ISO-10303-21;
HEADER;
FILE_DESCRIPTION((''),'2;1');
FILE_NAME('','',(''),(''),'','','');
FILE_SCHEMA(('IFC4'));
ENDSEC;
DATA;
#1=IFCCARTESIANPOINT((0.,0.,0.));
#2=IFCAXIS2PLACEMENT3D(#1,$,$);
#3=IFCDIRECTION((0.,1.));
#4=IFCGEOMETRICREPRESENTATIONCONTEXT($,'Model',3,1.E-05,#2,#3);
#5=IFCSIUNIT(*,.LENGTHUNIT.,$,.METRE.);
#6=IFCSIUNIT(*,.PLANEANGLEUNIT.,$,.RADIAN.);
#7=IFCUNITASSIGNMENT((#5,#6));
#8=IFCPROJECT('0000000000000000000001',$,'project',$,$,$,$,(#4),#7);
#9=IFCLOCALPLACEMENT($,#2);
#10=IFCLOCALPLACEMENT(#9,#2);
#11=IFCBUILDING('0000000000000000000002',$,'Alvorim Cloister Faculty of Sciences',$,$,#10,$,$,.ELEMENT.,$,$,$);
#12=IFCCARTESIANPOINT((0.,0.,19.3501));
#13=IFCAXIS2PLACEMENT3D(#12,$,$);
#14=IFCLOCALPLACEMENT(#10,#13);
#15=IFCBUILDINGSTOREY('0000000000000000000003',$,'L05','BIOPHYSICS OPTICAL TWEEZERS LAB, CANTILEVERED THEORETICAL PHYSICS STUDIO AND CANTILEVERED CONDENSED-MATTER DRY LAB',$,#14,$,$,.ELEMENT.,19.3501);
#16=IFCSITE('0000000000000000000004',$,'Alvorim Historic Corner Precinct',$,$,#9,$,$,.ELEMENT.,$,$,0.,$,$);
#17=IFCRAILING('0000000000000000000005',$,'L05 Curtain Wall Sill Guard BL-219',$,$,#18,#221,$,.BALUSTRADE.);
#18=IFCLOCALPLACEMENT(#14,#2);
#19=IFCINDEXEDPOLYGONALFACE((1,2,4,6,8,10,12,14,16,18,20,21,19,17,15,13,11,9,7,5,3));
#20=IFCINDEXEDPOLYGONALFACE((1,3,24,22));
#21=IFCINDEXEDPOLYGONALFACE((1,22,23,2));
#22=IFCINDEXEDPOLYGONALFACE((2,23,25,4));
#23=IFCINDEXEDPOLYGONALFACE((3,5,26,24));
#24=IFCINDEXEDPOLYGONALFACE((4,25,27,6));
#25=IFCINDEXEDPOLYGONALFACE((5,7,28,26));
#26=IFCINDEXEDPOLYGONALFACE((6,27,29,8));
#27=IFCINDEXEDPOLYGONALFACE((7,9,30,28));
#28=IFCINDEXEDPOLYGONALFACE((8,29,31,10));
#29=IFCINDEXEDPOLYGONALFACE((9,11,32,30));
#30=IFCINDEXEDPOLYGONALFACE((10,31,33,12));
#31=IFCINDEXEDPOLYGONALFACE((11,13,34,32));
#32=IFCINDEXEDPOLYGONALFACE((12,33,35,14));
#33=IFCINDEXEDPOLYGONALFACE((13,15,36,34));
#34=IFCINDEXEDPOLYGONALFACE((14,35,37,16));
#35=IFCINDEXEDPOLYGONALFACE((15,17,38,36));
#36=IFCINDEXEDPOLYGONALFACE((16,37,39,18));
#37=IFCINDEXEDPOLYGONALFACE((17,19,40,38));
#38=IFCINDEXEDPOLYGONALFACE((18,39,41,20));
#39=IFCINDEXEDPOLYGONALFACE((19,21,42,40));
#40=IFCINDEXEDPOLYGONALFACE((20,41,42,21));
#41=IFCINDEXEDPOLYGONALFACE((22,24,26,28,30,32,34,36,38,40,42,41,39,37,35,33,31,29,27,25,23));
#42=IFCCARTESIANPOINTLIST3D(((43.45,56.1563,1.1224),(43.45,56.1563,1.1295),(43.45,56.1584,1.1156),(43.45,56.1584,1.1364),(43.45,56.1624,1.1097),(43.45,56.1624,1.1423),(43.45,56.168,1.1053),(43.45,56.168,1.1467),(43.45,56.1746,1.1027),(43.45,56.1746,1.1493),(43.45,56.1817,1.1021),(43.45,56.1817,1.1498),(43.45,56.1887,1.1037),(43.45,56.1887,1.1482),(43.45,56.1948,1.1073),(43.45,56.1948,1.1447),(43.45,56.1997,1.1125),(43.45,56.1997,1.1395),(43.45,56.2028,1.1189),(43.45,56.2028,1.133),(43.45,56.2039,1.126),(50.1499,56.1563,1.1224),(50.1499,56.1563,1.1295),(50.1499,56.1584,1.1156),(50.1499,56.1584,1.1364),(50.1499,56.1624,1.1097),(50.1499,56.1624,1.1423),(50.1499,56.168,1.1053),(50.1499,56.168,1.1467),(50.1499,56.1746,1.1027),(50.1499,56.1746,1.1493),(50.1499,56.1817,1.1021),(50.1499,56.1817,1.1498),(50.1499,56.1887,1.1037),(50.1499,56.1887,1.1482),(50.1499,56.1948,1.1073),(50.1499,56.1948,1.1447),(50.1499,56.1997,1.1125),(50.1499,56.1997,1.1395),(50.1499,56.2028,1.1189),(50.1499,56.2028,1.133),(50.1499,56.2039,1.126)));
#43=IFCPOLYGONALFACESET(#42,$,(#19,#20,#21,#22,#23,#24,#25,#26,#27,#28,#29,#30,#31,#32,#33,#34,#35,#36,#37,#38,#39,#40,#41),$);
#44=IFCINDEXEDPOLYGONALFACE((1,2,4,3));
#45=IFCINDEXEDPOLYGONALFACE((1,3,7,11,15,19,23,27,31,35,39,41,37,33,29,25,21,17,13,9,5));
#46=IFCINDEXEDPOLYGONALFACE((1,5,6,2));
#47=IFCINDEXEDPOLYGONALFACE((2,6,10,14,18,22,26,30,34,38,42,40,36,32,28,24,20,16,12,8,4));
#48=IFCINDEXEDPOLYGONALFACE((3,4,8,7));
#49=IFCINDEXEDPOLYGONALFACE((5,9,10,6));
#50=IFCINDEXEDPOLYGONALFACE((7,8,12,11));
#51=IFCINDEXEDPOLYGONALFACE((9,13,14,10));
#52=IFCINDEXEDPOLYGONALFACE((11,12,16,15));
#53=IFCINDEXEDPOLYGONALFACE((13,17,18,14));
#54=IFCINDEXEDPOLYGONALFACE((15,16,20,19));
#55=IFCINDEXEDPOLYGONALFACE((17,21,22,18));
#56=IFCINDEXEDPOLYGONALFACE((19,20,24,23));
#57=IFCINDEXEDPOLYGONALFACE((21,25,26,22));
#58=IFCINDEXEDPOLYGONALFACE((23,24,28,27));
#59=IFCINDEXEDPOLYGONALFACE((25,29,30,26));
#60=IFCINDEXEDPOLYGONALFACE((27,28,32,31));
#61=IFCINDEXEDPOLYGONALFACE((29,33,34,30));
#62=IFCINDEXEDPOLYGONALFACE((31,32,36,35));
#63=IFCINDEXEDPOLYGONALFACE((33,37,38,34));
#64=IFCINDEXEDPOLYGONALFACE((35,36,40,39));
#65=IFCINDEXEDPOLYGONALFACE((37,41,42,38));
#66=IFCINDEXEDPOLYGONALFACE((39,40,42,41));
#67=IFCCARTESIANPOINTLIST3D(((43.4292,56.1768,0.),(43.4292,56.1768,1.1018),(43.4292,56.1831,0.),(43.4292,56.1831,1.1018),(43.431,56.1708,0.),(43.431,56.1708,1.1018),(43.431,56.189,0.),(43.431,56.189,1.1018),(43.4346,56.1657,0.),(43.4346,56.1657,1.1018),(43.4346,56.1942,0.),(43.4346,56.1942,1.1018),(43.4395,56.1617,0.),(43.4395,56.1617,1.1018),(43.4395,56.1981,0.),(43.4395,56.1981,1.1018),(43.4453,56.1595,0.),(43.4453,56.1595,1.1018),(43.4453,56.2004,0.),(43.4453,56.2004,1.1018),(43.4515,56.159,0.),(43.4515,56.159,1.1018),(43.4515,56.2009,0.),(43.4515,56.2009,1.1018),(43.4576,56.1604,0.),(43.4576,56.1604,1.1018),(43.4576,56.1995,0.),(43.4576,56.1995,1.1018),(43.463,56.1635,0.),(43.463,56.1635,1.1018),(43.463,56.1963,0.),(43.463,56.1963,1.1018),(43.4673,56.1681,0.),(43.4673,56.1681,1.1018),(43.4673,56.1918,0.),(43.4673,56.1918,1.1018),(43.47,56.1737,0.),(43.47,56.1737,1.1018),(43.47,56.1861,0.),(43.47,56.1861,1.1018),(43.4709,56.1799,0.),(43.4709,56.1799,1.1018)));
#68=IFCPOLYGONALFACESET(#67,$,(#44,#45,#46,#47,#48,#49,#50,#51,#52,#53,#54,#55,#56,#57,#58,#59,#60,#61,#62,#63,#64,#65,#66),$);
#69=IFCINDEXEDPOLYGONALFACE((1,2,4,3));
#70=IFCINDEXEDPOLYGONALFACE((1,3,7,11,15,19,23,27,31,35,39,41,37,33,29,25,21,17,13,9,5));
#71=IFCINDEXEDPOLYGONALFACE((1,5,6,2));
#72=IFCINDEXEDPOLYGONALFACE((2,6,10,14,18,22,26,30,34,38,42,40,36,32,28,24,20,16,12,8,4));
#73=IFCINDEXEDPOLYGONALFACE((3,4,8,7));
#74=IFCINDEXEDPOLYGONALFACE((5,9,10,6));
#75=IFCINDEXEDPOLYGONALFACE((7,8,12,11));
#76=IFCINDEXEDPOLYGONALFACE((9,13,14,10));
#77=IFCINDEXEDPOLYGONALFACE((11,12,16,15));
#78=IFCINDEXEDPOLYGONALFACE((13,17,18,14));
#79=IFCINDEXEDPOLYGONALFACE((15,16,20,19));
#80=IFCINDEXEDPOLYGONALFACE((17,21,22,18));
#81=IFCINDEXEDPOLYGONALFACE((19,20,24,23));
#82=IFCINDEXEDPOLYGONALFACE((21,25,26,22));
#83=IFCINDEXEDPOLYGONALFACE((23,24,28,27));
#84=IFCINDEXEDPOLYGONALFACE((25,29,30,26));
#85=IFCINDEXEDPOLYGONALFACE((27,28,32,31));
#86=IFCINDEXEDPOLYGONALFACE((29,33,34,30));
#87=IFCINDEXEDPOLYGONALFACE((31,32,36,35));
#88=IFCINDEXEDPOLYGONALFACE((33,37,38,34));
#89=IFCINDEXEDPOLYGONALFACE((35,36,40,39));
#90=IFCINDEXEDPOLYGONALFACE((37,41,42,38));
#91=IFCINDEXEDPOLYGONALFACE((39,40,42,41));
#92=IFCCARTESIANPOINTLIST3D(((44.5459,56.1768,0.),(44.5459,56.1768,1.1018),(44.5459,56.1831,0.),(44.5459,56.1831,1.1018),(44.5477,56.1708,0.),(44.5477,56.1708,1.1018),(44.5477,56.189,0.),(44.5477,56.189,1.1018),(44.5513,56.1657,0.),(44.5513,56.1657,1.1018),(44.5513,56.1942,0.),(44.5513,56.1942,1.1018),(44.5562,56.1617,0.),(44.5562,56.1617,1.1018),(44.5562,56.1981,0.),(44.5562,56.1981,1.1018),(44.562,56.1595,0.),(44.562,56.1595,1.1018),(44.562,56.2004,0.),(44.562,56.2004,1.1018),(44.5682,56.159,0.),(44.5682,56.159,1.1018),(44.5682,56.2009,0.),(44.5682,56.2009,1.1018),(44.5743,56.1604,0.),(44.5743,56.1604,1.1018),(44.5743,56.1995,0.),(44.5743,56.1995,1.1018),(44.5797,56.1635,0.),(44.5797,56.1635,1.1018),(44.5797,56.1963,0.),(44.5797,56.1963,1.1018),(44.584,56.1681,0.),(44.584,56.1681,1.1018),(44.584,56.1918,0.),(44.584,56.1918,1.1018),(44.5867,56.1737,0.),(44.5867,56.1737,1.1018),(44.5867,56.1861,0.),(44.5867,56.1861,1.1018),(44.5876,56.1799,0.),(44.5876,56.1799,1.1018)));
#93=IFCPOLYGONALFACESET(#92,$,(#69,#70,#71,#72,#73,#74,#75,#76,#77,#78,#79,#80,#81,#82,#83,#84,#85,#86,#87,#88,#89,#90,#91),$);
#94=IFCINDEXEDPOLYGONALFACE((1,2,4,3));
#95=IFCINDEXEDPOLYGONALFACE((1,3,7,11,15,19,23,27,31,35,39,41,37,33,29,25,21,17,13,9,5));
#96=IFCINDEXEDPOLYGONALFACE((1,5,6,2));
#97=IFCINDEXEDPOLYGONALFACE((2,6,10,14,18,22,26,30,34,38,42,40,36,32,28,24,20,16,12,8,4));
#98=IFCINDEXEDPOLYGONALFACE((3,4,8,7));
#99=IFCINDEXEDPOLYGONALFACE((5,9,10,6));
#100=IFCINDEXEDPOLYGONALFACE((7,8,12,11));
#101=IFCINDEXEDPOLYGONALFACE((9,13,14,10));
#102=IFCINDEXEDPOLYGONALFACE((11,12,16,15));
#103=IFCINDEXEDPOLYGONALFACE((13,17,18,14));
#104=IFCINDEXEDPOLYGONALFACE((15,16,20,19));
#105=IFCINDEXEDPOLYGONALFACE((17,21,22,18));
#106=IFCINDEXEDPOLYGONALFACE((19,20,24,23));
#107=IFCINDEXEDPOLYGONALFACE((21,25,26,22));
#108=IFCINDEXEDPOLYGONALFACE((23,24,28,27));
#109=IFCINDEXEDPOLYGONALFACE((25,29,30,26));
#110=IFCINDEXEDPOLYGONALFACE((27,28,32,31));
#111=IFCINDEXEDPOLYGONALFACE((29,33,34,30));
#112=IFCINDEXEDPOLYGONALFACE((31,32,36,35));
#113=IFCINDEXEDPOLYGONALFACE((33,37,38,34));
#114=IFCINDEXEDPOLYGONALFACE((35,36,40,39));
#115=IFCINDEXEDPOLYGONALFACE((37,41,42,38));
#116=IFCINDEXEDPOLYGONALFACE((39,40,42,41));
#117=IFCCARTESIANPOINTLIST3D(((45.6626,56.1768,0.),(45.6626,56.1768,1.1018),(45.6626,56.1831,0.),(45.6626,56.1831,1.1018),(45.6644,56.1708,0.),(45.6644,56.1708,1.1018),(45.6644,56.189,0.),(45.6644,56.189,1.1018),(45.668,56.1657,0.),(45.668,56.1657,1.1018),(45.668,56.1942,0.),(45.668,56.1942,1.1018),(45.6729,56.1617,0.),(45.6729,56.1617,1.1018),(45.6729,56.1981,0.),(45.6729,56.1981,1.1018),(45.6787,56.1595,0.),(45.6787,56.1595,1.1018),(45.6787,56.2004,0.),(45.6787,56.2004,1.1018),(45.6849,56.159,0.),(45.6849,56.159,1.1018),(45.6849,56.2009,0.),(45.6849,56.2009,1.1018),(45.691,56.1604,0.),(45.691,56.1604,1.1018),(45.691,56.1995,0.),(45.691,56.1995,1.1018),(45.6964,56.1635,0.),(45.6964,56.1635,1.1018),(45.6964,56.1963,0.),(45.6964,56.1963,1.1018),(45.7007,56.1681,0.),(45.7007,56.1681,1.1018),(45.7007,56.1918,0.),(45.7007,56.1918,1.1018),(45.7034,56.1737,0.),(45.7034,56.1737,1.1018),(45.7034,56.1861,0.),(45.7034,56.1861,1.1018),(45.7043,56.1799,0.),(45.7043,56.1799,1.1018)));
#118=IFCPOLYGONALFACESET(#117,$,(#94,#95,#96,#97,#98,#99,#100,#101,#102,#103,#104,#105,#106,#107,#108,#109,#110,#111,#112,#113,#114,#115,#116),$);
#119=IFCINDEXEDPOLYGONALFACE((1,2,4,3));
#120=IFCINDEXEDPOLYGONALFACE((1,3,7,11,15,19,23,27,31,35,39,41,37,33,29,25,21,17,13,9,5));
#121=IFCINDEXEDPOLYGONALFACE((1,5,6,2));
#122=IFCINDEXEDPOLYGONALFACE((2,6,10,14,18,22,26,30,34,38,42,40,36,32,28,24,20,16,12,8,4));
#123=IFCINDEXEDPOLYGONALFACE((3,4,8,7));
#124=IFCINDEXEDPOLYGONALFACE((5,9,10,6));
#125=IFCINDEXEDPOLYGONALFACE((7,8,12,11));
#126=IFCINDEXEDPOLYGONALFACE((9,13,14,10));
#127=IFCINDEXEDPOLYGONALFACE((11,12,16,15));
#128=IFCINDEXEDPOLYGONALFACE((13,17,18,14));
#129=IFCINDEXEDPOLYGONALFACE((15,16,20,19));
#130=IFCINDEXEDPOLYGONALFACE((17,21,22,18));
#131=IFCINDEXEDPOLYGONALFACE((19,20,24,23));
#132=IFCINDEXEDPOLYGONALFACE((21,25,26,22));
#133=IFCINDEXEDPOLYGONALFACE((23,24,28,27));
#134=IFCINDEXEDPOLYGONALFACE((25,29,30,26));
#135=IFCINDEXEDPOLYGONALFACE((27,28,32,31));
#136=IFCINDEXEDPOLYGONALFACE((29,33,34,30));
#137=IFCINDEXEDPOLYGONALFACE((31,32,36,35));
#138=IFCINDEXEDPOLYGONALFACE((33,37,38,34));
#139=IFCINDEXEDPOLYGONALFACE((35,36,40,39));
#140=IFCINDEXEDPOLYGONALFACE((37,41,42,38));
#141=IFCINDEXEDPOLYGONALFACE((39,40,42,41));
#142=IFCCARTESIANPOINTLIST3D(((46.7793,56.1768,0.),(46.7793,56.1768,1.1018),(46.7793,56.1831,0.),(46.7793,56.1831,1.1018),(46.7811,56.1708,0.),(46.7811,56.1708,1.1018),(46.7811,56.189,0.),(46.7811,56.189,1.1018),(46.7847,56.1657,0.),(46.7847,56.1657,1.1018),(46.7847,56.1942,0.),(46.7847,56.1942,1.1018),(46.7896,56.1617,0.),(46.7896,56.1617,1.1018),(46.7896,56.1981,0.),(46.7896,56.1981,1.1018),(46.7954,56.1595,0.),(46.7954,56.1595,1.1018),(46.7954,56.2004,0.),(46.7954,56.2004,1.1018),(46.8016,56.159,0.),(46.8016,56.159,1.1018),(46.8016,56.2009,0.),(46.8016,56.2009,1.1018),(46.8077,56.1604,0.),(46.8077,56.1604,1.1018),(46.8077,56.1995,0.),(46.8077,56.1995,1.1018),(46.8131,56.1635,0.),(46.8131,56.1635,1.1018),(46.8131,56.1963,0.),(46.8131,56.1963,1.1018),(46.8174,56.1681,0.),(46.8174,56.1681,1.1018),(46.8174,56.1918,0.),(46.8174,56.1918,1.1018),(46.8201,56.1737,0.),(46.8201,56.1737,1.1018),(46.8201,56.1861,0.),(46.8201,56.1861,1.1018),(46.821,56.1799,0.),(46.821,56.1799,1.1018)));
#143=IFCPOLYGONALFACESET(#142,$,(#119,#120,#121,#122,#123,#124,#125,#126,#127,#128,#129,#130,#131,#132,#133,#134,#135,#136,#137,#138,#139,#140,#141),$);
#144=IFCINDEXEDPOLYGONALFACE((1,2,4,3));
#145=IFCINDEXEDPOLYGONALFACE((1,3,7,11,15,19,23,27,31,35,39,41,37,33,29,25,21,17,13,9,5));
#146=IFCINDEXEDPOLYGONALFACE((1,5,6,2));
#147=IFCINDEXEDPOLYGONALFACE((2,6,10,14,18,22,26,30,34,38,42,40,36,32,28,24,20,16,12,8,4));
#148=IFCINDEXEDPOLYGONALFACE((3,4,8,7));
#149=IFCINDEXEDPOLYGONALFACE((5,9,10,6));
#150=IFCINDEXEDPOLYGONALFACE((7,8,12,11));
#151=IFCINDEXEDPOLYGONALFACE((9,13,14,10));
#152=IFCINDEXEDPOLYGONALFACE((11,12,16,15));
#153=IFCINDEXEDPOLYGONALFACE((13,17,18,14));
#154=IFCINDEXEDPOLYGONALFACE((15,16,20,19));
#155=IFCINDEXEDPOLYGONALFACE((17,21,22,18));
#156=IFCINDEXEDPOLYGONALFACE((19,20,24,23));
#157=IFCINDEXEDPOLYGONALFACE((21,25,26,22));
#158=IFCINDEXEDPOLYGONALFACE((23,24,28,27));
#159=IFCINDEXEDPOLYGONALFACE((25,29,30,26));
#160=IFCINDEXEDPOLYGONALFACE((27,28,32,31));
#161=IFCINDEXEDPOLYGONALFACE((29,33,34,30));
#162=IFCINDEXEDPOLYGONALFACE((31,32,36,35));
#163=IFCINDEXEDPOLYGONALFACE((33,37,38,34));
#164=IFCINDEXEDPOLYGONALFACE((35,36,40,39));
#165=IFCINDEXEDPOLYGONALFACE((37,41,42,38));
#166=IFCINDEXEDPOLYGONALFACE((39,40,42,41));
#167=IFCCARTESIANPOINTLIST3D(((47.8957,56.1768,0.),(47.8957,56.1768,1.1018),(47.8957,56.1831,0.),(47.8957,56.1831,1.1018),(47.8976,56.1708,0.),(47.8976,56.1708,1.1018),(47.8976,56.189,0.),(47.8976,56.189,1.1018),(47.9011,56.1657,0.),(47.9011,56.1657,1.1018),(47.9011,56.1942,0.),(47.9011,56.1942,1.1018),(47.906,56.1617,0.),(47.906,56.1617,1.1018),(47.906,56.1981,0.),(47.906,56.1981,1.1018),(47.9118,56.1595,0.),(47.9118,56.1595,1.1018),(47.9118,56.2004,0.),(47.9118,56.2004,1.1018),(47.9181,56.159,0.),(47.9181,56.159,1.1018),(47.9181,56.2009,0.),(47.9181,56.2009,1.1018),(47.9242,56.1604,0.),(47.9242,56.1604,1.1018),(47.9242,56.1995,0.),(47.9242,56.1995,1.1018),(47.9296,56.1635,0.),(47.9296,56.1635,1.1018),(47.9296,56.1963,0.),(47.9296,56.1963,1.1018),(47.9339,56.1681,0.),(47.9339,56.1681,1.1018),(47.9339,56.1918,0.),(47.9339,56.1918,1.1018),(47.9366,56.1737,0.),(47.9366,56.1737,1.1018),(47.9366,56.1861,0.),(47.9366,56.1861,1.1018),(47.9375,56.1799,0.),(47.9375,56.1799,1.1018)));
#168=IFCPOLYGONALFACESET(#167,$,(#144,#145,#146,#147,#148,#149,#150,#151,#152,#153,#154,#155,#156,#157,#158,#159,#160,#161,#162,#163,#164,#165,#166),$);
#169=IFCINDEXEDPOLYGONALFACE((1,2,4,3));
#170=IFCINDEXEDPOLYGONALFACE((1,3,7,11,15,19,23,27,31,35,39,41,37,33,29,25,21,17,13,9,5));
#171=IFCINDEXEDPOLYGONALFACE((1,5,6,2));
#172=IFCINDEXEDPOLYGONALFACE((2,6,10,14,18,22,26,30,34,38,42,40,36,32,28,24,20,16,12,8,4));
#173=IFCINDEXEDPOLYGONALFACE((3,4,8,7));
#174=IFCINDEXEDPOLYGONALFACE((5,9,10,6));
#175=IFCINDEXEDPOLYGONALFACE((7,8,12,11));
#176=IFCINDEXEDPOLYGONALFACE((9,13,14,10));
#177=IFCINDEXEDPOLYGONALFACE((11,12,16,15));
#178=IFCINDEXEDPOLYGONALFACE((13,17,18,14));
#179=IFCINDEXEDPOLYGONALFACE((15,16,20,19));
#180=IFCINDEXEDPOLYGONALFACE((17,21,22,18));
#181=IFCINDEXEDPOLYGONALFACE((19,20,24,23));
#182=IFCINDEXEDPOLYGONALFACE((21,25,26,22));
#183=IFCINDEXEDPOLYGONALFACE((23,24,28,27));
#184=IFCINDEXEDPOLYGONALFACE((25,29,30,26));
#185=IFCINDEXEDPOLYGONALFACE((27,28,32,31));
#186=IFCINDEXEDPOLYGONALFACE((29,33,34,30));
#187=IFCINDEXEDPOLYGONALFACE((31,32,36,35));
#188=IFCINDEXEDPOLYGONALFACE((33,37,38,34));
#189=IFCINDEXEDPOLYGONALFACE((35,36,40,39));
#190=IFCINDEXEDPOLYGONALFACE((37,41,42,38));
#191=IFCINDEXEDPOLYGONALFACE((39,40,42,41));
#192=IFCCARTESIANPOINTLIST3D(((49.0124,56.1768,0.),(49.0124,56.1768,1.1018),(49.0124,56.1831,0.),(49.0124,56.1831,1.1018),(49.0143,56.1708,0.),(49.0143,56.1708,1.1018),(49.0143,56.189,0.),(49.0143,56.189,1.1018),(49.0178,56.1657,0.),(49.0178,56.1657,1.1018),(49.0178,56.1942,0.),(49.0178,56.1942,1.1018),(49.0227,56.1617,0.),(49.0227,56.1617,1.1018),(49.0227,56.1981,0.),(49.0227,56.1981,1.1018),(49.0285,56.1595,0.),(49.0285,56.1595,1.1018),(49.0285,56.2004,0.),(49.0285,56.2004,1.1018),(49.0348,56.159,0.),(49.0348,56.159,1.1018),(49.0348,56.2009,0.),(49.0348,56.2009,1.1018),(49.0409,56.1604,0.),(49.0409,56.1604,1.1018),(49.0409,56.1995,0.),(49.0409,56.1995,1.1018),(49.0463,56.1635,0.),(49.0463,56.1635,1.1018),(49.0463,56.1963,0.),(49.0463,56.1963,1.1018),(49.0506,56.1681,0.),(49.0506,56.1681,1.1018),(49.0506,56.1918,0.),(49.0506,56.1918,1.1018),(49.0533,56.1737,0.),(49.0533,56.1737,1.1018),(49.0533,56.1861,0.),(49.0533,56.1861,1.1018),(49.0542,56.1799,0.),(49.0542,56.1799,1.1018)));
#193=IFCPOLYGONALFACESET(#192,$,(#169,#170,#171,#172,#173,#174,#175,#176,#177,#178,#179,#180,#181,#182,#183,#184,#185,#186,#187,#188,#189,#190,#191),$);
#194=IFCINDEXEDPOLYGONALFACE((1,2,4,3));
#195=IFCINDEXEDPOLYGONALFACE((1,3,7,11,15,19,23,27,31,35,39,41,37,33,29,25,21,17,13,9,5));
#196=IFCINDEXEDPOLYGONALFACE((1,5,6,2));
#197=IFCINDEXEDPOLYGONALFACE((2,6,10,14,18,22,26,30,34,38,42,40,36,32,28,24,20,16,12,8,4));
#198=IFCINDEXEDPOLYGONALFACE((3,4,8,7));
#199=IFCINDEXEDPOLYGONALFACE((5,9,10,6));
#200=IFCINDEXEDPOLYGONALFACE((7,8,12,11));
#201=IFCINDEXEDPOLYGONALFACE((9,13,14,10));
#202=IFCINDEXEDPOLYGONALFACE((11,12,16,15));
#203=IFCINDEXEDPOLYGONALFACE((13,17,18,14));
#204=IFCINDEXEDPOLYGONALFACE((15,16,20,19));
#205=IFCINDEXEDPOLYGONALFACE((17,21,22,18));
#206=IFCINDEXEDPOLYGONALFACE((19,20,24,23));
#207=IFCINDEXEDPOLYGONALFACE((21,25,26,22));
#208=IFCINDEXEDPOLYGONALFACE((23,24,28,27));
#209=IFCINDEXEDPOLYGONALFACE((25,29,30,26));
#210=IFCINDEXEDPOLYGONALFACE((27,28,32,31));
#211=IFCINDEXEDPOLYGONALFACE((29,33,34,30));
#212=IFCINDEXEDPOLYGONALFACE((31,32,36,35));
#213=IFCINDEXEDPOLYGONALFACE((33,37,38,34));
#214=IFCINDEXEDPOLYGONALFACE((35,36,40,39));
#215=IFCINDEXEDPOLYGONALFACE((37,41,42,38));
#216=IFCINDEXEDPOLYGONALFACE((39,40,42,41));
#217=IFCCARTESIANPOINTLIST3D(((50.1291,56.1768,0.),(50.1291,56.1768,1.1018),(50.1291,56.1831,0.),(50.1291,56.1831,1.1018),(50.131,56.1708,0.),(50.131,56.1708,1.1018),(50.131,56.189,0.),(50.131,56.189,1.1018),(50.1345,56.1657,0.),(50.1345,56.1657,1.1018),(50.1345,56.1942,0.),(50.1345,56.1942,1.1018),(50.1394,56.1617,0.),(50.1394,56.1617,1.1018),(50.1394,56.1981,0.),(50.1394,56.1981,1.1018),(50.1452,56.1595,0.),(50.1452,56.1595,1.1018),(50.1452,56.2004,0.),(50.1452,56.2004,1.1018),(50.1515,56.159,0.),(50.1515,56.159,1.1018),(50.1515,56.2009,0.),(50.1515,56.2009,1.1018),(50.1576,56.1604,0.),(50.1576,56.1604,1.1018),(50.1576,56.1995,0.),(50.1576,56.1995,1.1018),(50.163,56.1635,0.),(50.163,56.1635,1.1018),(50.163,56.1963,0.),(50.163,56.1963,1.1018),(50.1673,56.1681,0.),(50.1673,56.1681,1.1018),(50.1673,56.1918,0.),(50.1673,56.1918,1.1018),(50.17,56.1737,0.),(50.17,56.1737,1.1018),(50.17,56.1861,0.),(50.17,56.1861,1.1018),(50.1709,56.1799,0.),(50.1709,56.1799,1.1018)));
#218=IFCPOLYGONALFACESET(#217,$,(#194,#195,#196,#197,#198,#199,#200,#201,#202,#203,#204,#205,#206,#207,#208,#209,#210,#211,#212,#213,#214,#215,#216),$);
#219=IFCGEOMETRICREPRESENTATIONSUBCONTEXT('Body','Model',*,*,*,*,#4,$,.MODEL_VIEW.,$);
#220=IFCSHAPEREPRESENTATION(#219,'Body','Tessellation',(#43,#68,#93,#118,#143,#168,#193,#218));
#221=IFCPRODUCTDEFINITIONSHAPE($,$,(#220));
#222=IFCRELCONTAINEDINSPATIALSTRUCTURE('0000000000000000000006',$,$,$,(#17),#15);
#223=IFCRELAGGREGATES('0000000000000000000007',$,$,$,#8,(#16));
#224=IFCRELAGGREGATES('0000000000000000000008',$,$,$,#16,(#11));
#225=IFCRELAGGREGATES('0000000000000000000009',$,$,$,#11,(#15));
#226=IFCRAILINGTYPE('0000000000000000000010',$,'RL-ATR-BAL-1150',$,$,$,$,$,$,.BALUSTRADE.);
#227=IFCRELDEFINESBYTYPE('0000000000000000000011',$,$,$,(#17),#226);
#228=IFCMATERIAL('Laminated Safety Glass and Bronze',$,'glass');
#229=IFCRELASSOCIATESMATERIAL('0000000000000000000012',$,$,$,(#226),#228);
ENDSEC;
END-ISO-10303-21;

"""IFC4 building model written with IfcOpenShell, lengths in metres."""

from ifc_helpers import new_model, si_unit, direction, frame, origin, origin_2d, place, context, subcontext, project, spatial, circle, extrude, material, type_object, element, save


model = new_model("IFC4")

# Units and contexts
model_context = context("Model", 3, precision=1e-05, world=origin(), true_north=direction((0.0, 1.0)))
body_context = subcontext(model_context, "Body", "Model", "MODEL_VIEW")
ifc_project = project(units=[si_unit("LENGTHUNIT", "METRE"), si_unit("PLANEANGLEUNIT", "RADIAN")], contexts=[model_context])

# Site, building, storey
site_placement = place(None, origin())
site = spatial("IfcSite", under=ifc_project, at=site_placement, Name="Alvorim Historic Corner Precinct", CompositionType="ELEMENT", RefElevation=0.0)
building_placement = place(site_placement, origin())
building = spatial("IfcBuilding", under=site, at=building_placement, Name="Alvorim Cloister Faculty of Sciences", CompositionType="ELEMENT")
storey_placement = place(building_placement, frame((0.0, 0.0, 19.3501)))
storey = spatial("IfcBuildingStorey", under=building, at=storey_placement, Name="L05", Description="BIOPHYSICS OPTICAL TWEEZERS LAB, CANTILEVERED THEORETICAL PHYSICS STUDIO AND CANTILEVERED CONDENSED-MATTER DRY LAB", CompositionType="ELEMENT", Elevation=19.3501)

# Railing
ifc_material_1 = material(Name="Laminated Safety Glass and Bronze", Category="glass")
railing_type = type_object("IfcRailingType", Name="RL-ATR-BAL-1150", PredefinedType="BALUSTRADE", material=ifc_material_1)
railing_placement = place(storey_placement, frame((43.45, 56.1799, 0.0)))
element("IfcRailing", 1, at=railing_placement, inside=storey, type_object=railing_type, Name="L05 Curtain Wall Sill Guard BL-219", PredefinedType="BALUSTRADE", context=body_context, shape_type="SweptSolid", body=[
    extrude(circle(Radius=0.0239, at=origin_2d()), frame((0.0, 0.0, 1.126), z_axis=(1.0, 0.0, 0.0), x_axis=(0.0, 1.0, 0.0)), (0.0, 0.0, 1.0), 6.7),
    extrude(circle(Radius=0.021, at=origin_2d()), origin(), (0.0, 0.0, 1.0), 1.1018),
    extrude(circle(Radius=0.021, at=origin_2d()), frame((1.1167, 0.0, 0.0)), (0.0, 0.0, 1.0), 1.1018),
    extrude(circle(Radius=0.021, at=origin_2d()), frame((2.2334, 0.0, 0.0)), (0.0, 0.0, 1.0), 1.1018),
    extrude(circle(Radius=0.021, at=origin_2d()), frame((3.3501, 0.0, 0.0)), (0.0, 0.0, 1.0), 1.1018),
    extrude(circle(Radius=0.021, at=origin_2d()), frame((4.4666, 0.0, 0.0)), (0.0, 0.0, 1.0), 1.1018),
    extrude(circle(Radius=0.021, at=origin_2d()), frame((5.5833, 0.0, 0.0)), (0.0, 0.0, 1.0), 1.1018),
    extrude(circle(Radius=0.021, at=origin_2d()), frame((6.7, 0.0, 0.0)), (0.0, 0.0, 1.0), 1.1018),
])

save(model, "model.ifc")
